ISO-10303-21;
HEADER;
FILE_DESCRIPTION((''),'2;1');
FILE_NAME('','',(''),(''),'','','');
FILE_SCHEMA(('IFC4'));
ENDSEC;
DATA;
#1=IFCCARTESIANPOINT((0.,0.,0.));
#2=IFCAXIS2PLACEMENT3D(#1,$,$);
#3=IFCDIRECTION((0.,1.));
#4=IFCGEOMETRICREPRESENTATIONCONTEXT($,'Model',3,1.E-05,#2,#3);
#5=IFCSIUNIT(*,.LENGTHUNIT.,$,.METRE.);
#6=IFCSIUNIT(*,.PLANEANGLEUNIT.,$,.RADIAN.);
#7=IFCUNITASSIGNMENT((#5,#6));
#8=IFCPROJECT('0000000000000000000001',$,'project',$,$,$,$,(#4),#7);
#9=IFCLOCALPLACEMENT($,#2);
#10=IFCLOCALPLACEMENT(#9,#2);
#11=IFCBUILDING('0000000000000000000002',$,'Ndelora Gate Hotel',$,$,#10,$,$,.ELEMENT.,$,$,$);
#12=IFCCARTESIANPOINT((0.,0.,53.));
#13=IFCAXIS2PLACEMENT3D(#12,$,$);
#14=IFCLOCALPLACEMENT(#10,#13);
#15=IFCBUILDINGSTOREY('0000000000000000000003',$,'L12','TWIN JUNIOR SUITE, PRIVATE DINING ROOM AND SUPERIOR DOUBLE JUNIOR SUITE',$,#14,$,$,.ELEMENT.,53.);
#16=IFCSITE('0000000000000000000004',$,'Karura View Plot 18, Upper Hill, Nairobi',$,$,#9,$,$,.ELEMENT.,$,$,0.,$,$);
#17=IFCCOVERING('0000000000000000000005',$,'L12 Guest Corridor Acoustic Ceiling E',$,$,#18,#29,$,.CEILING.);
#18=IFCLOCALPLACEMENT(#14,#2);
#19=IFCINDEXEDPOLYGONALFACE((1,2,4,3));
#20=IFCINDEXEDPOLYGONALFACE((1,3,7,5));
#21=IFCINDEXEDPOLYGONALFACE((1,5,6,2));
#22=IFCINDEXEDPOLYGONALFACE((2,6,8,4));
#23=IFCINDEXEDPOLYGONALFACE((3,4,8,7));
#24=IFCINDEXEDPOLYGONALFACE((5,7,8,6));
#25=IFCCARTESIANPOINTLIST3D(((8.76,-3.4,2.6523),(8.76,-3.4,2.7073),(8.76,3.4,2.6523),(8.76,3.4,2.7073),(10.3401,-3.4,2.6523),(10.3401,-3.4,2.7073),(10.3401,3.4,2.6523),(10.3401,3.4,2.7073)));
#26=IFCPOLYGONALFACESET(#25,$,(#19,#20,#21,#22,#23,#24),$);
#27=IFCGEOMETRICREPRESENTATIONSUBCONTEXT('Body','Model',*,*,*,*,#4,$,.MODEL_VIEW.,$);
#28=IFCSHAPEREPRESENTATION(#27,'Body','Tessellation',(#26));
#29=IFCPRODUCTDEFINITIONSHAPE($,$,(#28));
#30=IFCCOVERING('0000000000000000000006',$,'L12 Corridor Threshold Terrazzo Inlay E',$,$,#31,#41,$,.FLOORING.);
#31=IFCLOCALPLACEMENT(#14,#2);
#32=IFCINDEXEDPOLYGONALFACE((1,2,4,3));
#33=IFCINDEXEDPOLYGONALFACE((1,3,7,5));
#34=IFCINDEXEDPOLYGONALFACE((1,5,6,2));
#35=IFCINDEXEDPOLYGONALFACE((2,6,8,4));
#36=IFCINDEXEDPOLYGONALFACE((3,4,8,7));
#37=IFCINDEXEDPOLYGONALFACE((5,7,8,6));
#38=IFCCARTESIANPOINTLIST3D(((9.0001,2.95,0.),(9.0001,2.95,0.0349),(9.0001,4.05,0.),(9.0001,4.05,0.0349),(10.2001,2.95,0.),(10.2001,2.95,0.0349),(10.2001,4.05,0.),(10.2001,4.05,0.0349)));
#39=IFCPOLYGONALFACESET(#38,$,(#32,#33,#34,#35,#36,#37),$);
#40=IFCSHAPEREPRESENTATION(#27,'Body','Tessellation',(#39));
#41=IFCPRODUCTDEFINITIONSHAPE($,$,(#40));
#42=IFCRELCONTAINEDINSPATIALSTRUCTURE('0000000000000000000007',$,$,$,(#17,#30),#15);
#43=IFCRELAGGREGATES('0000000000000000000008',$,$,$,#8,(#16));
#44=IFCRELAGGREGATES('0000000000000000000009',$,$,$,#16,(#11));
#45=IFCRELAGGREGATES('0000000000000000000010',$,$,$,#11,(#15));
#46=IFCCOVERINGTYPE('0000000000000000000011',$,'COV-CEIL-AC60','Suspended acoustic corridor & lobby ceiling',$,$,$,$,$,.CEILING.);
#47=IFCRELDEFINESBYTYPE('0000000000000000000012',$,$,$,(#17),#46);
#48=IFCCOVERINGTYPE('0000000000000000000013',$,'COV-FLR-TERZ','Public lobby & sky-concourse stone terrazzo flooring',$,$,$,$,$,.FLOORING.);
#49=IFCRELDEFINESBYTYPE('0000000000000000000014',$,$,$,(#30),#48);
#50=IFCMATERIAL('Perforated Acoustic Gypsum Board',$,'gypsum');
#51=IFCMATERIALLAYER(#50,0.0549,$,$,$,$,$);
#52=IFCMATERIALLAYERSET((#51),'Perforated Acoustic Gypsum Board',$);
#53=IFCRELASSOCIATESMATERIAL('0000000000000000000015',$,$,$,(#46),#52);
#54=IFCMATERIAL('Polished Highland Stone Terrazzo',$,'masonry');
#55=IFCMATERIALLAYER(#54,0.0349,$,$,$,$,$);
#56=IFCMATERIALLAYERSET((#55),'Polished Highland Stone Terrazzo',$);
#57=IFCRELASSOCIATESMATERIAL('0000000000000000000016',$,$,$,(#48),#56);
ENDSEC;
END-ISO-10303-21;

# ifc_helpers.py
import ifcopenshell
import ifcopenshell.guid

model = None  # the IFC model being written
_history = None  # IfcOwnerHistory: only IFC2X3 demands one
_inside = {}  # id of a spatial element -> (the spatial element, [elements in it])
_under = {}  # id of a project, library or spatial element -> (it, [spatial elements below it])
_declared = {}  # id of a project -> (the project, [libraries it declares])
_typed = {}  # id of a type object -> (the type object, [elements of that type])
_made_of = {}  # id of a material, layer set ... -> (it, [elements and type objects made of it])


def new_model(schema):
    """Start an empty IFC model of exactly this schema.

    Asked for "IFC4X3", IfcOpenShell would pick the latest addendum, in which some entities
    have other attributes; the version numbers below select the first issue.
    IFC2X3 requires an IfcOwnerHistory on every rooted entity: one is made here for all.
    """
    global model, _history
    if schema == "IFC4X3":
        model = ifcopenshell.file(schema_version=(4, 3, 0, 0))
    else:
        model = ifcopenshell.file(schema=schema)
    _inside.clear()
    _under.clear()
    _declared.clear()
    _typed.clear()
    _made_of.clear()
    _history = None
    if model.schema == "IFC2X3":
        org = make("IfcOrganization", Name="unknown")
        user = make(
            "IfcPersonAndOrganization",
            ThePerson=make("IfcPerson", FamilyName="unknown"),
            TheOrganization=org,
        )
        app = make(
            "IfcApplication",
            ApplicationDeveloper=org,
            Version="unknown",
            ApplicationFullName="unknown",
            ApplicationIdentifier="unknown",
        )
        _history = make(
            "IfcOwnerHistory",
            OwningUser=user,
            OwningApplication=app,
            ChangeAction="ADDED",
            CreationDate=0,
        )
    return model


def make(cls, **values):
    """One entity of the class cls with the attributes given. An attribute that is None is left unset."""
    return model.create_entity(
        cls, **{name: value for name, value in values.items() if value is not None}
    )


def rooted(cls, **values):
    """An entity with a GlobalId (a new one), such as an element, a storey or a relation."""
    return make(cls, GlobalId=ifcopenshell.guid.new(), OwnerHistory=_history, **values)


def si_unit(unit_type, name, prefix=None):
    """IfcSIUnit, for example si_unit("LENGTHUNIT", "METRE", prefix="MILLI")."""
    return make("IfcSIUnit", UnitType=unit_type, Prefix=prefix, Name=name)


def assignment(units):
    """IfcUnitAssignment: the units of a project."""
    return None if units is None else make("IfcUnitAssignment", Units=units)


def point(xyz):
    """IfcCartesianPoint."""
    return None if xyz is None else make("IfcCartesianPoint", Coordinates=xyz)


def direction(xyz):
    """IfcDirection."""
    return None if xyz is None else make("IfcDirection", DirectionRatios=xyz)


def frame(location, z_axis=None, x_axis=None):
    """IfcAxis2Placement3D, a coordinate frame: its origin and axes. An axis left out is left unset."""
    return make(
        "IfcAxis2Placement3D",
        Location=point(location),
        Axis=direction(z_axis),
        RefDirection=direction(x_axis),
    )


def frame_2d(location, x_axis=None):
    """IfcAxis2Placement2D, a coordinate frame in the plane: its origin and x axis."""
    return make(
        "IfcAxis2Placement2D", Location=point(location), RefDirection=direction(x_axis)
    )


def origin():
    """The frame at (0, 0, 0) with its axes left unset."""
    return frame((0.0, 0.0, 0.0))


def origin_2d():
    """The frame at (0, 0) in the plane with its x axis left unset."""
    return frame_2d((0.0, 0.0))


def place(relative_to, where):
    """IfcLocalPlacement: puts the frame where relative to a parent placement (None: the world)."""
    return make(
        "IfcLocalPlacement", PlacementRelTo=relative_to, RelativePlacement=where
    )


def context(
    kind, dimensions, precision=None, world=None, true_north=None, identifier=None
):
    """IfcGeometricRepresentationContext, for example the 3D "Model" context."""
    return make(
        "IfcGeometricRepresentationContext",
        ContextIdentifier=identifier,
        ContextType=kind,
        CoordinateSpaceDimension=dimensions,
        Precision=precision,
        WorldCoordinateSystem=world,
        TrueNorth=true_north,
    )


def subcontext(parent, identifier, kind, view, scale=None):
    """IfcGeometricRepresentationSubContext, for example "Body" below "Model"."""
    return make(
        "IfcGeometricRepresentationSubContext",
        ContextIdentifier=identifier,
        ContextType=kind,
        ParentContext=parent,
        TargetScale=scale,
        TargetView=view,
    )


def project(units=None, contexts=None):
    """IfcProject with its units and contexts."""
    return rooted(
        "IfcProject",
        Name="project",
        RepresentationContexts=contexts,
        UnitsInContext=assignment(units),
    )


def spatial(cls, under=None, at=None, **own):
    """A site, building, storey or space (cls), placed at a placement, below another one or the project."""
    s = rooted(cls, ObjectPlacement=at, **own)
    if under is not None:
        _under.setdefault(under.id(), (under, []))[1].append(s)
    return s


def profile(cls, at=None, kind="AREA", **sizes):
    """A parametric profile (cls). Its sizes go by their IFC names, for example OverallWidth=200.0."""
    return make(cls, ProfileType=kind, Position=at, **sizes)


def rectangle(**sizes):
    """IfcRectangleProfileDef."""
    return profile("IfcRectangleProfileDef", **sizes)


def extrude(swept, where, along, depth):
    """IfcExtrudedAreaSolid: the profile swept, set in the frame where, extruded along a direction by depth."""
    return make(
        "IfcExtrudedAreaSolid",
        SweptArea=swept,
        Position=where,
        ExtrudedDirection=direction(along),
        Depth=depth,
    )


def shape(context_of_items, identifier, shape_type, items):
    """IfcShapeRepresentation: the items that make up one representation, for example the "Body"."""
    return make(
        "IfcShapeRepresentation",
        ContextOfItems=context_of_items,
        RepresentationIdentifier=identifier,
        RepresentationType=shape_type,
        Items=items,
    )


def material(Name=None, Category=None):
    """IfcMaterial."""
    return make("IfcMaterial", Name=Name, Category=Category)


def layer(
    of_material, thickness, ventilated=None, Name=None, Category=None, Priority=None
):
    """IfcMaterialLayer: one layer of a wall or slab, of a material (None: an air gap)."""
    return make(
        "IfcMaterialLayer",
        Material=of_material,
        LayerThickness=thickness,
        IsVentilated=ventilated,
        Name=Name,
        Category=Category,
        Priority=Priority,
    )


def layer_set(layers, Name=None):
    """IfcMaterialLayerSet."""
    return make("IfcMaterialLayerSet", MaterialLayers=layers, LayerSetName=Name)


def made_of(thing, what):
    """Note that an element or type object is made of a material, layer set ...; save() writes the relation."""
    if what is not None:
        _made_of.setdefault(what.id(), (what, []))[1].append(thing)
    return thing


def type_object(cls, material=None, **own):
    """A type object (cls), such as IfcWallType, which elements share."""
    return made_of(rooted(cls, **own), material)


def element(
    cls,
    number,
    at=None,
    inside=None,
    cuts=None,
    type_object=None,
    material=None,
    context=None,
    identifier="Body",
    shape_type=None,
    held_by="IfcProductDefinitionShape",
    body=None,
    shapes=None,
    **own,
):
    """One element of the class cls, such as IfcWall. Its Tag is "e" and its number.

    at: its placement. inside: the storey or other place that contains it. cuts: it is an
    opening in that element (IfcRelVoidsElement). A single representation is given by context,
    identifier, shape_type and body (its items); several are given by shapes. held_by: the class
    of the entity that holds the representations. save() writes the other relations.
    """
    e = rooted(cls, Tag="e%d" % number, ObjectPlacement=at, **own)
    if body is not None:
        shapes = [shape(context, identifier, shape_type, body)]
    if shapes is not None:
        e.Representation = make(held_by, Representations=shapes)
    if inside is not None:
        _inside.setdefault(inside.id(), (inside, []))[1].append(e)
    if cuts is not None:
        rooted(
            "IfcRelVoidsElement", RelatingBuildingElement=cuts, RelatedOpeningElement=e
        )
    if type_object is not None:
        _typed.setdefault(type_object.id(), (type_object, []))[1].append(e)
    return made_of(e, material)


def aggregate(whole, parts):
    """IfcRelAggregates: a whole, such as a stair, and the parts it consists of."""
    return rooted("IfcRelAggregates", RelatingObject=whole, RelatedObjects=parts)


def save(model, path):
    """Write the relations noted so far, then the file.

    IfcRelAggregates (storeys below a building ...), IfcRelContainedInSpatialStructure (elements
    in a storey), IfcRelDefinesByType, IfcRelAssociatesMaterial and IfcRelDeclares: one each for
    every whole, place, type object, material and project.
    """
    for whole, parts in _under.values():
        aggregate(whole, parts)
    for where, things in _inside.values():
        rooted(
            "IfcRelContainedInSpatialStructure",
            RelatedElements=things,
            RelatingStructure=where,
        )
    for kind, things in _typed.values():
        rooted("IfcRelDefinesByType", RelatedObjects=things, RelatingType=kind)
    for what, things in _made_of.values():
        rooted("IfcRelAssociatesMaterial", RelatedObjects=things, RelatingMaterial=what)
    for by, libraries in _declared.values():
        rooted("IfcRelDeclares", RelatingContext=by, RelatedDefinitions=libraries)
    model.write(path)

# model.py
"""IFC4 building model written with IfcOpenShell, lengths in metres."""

from ifc_helpers import new_model, si_unit, direction, frame, origin, origin_2d, place, context, subcontext, project, spatial, rectangle, extrude, material, layer, layer_set, type_object, element, save


model = new_model("IFC4")

# Units and contexts
model_context = context("Model", 3, precision=1e-05, world=origin(), true_north=direction((0.0, 1.0)))
body_context = subcontext(model_context, "Body", "Model", "MODEL_VIEW")
ifc_project = project(units=[si_unit("LENGTHUNIT", "METRE"), si_unit("PLANEANGLEUNIT", "RADIAN")], contexts=[model_context])

# Site, building, storey
site_placement = place(None, origin())
site = spatial("IfcSite", under=ifc_project, at=site_placement, Name="Karura View Plot 18, Upper Hill, Nairobi", CompositionType="ELEMENT", RefElevation=0.0)
building_placement = place(site_placement, origin())
building = spatial("IfcBuilding", under=site, at=building_placement, Name="Ndelora Gate Hotel", CompositionType="ELEMENT")
storey_placement = place(building_placement, frame((0.0, 0.0, 53.0)))
storey = spatial("IfcBuildingStorey", under=building, at=storey_placement, Name="L12", Description="TWIN JUNIOR SUITE, PRIVATE DINING ROOM AND SUPERIOR DOUBLE JUNIOR SUITE", CompositionType="ELEMENT", Elevation=53.0)

# Coverings
ifc_material_1 = material(Name="Perforated Acoustic Gypsum Board", Category="gypsum")
ifc_layer_1 = layer(ifc_material_1, 0.0549)
ifc_layer_set_1 = layer_set([ifc_layer_1], Name="Perforated Acoustic Gypsum Board")
covering_type_1 = type_object("IfcCoveringType", Name="COV-CEIL-AC60", Description="Suspended acoustic corridor & lobby ceiling", PredefinedType="CEILING", material=ifc_layer_set_1)
covering_1_placement = place(storey_placement, frame((9.55, 0.0, 2.6523), z_axis=(0.0, 0.0, 1.0), x_axis=(1.0, 0.0, 0.0)))
element("IfcCovering", 1, at=covering_1_placement, inside=storey, type_object=covering_type_1, Name="L12 Guest Corridor Acoustic Ceiling E", PredefinedType="CEILING", context=body_context, shape_type="SweptSolid", body=[
    extrude(rectangle(XDim=1.5801, YDim=6.8, at=origin_2d()), origin(), (0.0, 0.0, 1.0), 0.0549),
])
ifc_material_2 = material(Name="Polished Highland Stone Terrazzo", Category="masonry")
ifc_layer_2 = layer(ifc_material_2, 0.0349)
ifc_layer_set_2 = layer_set([ifc_layer_2], Name="Polished Highland Stone Terrazzo")
covering_type_2 = type_object("IfcCoveringType", Name="COV-FLR-TERZ", Description="Public lobby & sky-concourse stone terrazzo flooring", PredefinedType="FLOORING", material=ifc_layer_set_2)
covering_2_placement = place(storey_placement, frame((9.6001, 3.5, 0.0), z_axis=(0.0, 0.0, 1.0), x_axis=(1.0, 0.0, 0.0)))
element("IfcCovering", 2, at=covering_2_placement, inside=storey, type_object=covering_type_2, Name="L12 Corridor Threshold Terrazzo Inlay E", PredefinedType="FLOORING", context=body_context, shape_type="SweptSolid", body=[
    extrude(rectangle(XDim=1.2, YDim=1.1001, at=origin_2d()), origin(), (0.0, 0.0, 1.0), 0.0349),
])

save(model, "model.ifc")
